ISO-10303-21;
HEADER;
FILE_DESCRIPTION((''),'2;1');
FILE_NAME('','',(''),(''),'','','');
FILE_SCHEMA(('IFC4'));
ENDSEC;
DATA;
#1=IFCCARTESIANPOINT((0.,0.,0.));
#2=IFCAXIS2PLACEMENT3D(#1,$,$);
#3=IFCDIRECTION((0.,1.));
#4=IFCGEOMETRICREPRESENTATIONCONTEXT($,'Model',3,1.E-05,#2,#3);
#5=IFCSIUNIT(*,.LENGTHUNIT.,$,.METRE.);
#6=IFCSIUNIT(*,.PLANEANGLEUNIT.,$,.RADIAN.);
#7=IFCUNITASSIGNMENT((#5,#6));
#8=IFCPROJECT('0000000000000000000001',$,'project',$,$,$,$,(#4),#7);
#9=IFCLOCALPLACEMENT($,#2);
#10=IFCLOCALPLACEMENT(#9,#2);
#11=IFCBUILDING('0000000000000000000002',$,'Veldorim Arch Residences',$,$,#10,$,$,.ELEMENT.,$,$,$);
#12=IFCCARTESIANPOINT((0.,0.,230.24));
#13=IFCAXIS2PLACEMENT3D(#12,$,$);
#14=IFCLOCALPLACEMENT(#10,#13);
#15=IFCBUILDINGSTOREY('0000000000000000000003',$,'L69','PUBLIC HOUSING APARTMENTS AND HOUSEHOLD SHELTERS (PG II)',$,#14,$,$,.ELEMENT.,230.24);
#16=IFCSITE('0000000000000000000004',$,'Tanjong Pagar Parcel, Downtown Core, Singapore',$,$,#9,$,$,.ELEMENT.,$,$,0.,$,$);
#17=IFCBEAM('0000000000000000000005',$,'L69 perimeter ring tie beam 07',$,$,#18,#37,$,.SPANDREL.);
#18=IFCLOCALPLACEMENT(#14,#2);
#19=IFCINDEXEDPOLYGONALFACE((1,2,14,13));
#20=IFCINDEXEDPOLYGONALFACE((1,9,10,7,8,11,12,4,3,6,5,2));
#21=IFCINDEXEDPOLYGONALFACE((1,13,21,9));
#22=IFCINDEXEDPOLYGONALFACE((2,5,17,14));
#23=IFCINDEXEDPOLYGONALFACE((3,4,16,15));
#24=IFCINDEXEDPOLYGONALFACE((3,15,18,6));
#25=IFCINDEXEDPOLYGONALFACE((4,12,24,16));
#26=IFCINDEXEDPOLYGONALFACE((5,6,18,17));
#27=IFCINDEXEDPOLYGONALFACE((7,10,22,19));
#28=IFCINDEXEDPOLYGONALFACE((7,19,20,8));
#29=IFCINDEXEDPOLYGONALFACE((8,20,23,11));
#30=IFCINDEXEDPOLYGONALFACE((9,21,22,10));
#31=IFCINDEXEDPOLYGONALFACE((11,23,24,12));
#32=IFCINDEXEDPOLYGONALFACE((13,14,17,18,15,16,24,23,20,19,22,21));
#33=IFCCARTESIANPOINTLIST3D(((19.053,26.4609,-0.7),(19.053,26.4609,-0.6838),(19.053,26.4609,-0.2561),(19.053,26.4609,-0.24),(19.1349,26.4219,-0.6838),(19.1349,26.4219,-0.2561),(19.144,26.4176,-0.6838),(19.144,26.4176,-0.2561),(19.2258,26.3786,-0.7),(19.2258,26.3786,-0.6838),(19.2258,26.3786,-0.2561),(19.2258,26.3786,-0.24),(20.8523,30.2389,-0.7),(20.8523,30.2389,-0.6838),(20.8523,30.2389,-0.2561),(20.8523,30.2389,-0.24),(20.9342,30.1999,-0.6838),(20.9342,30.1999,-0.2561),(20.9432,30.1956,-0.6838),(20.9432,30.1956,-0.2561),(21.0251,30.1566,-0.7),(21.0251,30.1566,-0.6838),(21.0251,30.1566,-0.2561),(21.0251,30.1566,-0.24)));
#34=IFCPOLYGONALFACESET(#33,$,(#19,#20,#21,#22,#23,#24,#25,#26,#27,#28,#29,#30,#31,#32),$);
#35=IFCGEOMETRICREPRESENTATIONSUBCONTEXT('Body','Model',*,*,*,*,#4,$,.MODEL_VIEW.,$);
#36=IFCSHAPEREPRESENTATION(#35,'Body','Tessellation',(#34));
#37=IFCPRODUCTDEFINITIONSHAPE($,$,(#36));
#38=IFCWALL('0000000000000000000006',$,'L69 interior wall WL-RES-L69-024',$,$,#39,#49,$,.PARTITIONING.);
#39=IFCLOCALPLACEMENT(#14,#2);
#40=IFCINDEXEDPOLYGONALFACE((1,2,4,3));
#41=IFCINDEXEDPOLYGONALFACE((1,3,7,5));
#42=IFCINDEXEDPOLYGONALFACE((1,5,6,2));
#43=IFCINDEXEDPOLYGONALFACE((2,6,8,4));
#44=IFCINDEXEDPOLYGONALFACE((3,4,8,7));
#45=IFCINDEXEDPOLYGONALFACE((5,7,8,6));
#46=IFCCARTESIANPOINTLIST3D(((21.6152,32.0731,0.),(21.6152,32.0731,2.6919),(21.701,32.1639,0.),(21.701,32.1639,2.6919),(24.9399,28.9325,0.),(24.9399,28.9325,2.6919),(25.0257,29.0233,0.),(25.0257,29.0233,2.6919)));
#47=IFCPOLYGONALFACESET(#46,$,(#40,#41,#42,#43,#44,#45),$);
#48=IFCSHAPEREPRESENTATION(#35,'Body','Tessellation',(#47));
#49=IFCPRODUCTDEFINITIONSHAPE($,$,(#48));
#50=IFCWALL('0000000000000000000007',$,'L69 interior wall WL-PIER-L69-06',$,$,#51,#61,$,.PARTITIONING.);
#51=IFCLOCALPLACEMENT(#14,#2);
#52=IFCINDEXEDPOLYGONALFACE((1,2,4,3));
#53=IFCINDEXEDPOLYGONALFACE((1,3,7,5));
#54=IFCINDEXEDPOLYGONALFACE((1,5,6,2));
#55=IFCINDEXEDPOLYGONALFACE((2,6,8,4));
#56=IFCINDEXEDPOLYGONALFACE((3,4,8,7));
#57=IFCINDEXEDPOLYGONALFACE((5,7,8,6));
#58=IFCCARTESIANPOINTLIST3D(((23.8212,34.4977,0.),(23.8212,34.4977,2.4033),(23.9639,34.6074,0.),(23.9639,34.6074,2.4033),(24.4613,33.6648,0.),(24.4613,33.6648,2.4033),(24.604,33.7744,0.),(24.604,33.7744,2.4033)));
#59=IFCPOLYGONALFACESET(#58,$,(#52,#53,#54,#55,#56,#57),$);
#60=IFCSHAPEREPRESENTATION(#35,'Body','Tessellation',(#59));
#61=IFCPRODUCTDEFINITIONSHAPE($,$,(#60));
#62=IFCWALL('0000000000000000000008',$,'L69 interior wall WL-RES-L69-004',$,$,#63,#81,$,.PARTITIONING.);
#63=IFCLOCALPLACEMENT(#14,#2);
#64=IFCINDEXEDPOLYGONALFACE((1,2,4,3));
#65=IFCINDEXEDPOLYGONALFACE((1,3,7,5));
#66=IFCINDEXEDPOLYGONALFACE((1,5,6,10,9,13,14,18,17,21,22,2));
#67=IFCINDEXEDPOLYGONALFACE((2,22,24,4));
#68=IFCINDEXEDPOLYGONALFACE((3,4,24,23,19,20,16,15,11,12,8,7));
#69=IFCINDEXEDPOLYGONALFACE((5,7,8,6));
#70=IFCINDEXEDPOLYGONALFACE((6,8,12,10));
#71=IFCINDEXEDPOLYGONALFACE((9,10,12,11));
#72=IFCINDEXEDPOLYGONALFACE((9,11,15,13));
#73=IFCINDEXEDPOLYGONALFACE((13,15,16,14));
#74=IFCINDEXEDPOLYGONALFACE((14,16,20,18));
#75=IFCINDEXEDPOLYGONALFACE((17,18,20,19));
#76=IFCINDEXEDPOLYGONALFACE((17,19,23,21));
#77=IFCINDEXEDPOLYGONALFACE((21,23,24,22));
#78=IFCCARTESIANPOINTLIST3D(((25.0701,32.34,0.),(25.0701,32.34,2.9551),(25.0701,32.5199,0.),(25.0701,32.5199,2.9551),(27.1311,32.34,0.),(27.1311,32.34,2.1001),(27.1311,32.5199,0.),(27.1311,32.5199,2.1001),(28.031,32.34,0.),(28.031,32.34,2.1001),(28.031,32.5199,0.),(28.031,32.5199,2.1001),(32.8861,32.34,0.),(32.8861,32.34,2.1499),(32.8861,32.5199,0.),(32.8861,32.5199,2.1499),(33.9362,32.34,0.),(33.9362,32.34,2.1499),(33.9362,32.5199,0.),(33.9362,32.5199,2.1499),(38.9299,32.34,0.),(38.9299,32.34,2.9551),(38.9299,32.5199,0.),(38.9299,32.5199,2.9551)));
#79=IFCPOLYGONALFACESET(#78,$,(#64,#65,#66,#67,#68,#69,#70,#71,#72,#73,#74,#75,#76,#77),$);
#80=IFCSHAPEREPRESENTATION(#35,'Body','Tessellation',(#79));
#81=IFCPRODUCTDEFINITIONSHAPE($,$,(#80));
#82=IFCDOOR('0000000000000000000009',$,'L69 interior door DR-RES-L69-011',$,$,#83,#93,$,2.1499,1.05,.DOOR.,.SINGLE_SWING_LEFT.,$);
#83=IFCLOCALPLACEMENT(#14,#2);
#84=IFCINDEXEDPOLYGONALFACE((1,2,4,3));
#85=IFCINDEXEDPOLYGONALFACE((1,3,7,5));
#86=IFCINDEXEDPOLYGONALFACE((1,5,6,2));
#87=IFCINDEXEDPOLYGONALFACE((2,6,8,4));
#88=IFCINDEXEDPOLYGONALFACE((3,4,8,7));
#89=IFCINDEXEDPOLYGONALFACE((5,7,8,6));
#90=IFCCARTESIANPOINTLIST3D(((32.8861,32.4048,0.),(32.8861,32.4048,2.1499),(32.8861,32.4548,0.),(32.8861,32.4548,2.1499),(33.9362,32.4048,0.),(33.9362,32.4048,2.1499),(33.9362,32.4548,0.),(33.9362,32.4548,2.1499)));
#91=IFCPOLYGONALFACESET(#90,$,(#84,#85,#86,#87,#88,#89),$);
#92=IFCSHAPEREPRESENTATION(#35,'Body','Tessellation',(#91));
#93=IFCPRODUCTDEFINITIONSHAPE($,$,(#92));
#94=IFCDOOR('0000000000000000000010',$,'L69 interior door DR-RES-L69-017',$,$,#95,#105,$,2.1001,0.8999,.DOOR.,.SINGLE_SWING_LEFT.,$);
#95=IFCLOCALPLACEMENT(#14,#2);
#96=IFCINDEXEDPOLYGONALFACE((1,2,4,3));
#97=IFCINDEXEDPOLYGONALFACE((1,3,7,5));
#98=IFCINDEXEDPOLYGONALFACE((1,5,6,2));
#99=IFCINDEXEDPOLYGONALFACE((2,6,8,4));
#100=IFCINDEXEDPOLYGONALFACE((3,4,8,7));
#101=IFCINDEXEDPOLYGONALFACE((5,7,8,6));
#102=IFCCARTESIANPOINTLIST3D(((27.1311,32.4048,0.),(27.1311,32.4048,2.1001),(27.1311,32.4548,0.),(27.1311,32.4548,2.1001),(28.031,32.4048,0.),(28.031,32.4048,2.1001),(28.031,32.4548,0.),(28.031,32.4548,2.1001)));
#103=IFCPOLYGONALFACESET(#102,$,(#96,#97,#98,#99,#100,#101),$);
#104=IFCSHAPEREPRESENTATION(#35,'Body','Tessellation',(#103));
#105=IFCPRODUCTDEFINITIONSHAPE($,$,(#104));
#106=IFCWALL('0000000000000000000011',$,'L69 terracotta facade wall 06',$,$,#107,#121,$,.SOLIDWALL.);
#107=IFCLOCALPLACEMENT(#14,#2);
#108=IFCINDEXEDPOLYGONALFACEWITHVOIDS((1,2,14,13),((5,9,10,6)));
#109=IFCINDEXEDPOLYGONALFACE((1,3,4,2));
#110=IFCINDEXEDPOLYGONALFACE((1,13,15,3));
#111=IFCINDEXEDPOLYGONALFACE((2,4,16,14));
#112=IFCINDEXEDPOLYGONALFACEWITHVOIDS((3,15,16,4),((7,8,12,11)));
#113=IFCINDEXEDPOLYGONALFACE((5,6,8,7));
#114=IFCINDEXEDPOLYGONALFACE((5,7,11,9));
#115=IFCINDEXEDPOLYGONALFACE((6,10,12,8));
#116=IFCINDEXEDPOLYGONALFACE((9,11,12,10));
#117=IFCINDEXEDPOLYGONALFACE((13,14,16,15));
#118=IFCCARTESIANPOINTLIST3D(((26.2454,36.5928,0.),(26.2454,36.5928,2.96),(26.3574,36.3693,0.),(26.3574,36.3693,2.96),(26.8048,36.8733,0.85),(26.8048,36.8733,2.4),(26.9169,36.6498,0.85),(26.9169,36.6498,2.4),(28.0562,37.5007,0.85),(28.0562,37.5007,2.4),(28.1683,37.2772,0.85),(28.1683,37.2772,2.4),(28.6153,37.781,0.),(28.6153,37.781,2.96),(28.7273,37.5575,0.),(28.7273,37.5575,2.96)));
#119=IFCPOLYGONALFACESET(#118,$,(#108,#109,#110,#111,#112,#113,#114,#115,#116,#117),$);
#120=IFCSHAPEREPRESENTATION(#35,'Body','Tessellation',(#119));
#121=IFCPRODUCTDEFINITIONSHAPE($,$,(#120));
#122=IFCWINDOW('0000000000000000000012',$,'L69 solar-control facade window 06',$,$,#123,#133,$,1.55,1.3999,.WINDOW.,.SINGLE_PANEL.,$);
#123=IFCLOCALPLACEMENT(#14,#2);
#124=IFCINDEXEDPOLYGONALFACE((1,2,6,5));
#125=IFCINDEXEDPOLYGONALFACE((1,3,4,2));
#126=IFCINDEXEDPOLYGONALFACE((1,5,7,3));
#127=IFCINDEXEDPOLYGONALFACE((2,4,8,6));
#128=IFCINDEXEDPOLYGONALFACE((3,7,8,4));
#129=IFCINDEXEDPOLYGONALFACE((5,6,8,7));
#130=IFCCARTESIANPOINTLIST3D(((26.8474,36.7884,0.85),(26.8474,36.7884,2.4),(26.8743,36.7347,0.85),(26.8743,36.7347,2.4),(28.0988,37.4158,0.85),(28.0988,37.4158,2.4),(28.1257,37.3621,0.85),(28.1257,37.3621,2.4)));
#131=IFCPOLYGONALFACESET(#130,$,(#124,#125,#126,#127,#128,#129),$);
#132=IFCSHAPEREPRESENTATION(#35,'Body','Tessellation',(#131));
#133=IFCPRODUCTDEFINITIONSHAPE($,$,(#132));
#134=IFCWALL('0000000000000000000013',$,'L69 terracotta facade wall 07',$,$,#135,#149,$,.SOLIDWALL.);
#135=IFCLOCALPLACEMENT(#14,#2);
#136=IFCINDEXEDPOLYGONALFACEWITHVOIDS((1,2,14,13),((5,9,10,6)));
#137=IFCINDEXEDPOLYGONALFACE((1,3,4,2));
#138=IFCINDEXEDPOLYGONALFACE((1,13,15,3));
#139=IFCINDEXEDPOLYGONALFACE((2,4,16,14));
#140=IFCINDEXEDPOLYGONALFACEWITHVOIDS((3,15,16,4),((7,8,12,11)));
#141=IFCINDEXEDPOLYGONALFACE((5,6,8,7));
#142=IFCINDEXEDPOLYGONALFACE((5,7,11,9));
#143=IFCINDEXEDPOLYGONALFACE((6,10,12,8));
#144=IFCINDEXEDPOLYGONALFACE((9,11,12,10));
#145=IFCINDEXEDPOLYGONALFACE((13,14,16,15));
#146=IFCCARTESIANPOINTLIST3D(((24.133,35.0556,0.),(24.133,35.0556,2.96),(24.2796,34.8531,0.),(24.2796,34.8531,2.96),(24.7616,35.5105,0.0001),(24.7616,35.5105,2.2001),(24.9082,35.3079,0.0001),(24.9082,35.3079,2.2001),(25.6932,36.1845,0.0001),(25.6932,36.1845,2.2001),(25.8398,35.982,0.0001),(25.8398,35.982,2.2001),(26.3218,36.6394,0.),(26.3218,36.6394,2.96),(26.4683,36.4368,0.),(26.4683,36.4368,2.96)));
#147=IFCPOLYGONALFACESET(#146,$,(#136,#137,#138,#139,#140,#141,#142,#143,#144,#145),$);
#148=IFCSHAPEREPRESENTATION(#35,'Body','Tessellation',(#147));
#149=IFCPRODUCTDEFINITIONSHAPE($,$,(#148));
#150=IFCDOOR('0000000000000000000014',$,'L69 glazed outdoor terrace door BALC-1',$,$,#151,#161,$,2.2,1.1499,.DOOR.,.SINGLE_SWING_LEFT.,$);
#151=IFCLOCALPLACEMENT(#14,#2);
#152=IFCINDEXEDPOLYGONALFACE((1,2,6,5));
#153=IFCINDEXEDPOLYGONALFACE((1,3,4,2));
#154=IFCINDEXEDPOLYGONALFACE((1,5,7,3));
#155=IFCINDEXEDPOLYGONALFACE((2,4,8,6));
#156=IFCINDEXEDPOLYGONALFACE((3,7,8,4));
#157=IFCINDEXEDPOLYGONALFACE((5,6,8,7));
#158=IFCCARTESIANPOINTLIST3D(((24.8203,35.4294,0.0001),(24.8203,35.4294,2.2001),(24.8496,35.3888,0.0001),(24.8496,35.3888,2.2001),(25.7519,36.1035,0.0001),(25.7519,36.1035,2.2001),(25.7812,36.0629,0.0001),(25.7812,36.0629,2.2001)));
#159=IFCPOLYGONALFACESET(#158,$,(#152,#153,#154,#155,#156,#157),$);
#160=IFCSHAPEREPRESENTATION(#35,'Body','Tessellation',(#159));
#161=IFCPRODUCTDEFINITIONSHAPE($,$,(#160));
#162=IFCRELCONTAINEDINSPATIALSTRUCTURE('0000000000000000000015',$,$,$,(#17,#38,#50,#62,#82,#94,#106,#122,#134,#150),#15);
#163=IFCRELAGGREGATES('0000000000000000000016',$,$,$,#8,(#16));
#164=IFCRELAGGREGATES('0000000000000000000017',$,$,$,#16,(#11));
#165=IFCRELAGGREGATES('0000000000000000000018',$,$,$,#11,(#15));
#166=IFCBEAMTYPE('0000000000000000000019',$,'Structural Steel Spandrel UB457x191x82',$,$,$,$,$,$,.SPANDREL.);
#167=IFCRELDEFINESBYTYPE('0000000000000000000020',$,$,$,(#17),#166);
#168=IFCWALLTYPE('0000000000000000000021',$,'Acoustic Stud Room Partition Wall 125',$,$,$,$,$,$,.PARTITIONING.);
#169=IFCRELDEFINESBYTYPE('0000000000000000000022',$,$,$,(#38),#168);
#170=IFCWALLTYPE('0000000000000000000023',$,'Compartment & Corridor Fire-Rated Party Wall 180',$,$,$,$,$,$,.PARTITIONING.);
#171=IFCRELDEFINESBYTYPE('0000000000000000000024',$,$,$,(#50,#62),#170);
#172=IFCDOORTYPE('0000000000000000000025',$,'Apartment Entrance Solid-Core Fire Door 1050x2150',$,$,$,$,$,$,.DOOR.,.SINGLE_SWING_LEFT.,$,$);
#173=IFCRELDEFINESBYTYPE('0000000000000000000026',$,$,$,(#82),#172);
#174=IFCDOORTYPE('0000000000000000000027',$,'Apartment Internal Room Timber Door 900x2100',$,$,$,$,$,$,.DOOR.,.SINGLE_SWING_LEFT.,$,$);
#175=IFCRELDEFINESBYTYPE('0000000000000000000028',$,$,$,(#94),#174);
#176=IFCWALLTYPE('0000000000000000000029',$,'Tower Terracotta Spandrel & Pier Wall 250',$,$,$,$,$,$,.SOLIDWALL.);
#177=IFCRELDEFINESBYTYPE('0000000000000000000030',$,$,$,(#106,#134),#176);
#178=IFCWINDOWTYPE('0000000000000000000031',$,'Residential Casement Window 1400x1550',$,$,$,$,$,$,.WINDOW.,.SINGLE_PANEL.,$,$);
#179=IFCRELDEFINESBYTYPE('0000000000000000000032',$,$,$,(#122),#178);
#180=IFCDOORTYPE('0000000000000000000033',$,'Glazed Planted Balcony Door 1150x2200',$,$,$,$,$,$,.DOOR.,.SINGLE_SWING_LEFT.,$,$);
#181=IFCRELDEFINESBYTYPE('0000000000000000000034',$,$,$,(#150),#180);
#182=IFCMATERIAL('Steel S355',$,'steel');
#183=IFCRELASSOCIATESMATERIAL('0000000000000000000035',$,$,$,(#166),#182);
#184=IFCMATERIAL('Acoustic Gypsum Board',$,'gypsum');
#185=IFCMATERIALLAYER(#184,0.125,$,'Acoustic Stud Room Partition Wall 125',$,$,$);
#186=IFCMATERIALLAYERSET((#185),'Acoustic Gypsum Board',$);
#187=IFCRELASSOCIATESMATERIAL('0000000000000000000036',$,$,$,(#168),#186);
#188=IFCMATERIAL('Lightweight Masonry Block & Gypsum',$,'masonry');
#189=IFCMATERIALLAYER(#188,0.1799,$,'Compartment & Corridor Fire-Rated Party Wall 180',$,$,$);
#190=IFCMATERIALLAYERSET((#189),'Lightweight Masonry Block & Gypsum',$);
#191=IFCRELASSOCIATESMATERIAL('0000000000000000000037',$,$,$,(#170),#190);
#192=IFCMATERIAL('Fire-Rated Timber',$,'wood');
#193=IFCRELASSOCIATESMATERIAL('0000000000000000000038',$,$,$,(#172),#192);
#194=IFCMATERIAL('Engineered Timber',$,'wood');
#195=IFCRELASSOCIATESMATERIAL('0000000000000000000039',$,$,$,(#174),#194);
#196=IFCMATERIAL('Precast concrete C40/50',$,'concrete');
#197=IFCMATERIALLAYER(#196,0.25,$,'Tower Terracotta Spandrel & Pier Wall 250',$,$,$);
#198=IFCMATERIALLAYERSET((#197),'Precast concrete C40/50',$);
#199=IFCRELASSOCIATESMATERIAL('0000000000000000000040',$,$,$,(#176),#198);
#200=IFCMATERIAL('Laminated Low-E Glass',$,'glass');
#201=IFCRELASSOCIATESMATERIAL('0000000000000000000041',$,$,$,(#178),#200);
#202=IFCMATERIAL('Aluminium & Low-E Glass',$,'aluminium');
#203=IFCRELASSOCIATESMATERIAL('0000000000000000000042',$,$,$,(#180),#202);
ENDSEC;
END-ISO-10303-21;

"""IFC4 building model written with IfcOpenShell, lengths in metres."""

from ifc_helpers import new_model, si_unit, direction, frame, frame_2d, origin, origin_2d, place, context, subcontext, project, spatial, rectangle, i_section, extrude, material, layer, layer_set, material_profile, profile_set, type_object, element, fill, save


model = new_model("IFC4")

# Units and contexts
model_context = context("Model", 3, precision=1e-05, world=origin(), true_north=direction((0.0, 1.0)))
body_context = subcontext(model_context, "Body", "Model", "MODEL_VIEW")
ifc_project = project(units=[si_unit("LENGTHUNIT", "METRE"), si_unit("PLANEANGLEUNIT", "RADIAN")], contexts=[model_context])

# Site, building, storey
site_placement = place(None, origin())
site = spatial("IfcSite", under=ifc_project, at=site_placement, Name="Tanjong Pagar Parcel, Downtown Core, Singapore", CompositionType="ELEMENT", RefElevation=0.0)
building_placement = place(site_placement, origin())
building = spatial("IfcBuilding", under=site, at=building_placement, Name="Veldorim Arch Residences", CompositionType="ELEMENT")
storey_placement = place(building_placement, frame((0.0, 0.0, 230.24)))
storey = spatial("IfcBuildingStorey", under=building, at=storey_placement, Name="L69", Description="PUBLIC HOUSING APARTMENTS AND HOUSEHOLD SHELTERS (PG II)", CompositionType="ELEMENT", Elevation=230.24)

# Beam
ifc_material_1 = material(Name="Steel S355", Category="steel")
ifc_material_profile_1 = material_profile(ifc_material_1, i_section(OverallWidth=0.1914, OverallDepth=0.46, WebThickness=0.01, FlangeThickness=0.0161, at=origin_2d()), Name="UB457x191x82")
ifc_profile_set_1 = profile_set([ifc_material_profile_1], Name="Steel S355")
beam_type_1 = type_object("IfcBeamType", Name="Structural Steel Spandrel UB457x191x82", PredefinedType="SPANDREL", material=ifc_profile_set_1)
beam_1_placement = place(storey_placement, frame((20.9387, 30.1978, -0.47), z_axis=(-0.429979, -0.902839, 0.0), x_axis=(0.902839, -0.429979, 0.0)))
element("IfcBeam", 1, at=beam_1_placement, inside=storey, type_object=beam_type_1, Name="L69 perimeter ring tie beam 07", PredefinedType="SPANDREL", context=body_context, shape_type="SweptSolid", body=[
    extrude(i_section(OverallWidth=0.1914, OverallDepth=0.46, WebThickness=0.01, FlangeThickness=0.0161, at=origin_2d()), origin(), (0.0, 0.0, 1.0), 4.1846),
])

# Walls
ifc_material_2 = material(Name="Acoustic Gypsum Board", Category="gypsum")
ifc_layer_1 = layer(ifc_material_2, 0.125, Name="Acoustic Stud Room Partition Wall 125")
ifc_layer_set_1 = layer_set([ifc_layer_1], Name="Acoustic Gypsum Board")
wall_type_1 = type_object("IfcWallType", Name="Acoustic Stud Room Partition Wall 125", PredefinedType="PARTITIONING", material=ifc_layer_set_1)
wall_1_placement = place(storey_placement, frame((21.6582, 32.1184, 0.0), z_axis=(0.0, 0.0, 1.0), x_axis=(0.726945, -0.686696, 0.0)))
element("IfcWall", 2, at=wall_1_placement, inside=storey, type_object=wall_type_1, Name="L69 interior wall WL-RES-L69-024", PredefinedType="PARTITIONING", context=body_context, shape_type="SweptSolid", body=[
    extrude(rectangle(XDim=4.5735, YDim=0.125, at=frame_2d((2.2866, 0.0))), origin(), (0.0, 0.0, 1.0), 2.6919),
])
ifc_material_3 = material(Name="Lightweight Masonry Block & Gypsum", Category="masonry")
ifc_layer_2 = layer(ifc_material_3, 0.1799, Name="Compartment & Corridor Fire-Rated Party Wall 180")
ifc_layer_set_2 = layer_set([ifc_layer_2], Name="Lightweight Masonry Block & Gypsum")
wall_type_2 = type_object("IfcWallType", Name="Compartment & Corridor Fire-Rated Party Wall 180", PredefinedType="PARTITIONING", material=ifc_layer_set_2)
wall_2_placement = place(storey_placement, frame((24.5327, 33.7195, 0.0), z_axis=(0.0, 0.0, 1.0), x_axis=(-0.609329, 0.792918, 0.0)))
element("IfcWall", 3, at=wall_2_placement, inside=storey, type_object=wall_type_2, Name="L69 interior wall WL-PIER-L69-06", PredefinedType="PARTITIONING", context=body_context, shape_type="SweptSolid", body=[
    extrude(rectangle(XDim=1.0505, YDim=0.1799, at=frame_2d((0.5254, 0.0))), origin(), (0.0, 0.0, 1.0), 2.4033),
])

# Wall, openings, doors
wall_3_placement = place(storey_placement, frame((25.0701, 32.4299, 0.0), z_axis=(0.0, 0.0, 1.0), x_axis=(1.0, 0.0, 0.0)))
wall_3 = element("IfcWall", 4, at=wall_3_placement, inside=storey, type_object=wall_type_2, Name="L69 interior wall WL-RES-L69-004", PredefinedType="PARTITIONING", context=body_context, shape_type="SweptSolid", body=[
    extrude(rectangle(XDim=13.8599, YDim=0.1799, at=frame_2d((6.9299, 0.0))), origin(), (0.0, 0.0, 1.0), 2.9551),
])
opening_1_placement = place(wall_3_placement, frame((7.8162, 0.0, 0.0)))
opening_1 = element("IfcOpeningElement", 5, at=opening_1_placement, cuts=wall_3, PredefinedType="OPENING", context=body_context, shape_type="SweptSolid", body=[
    extrude(rectangle(XDim=1.05, YDim=2.1499, at=frame_2d((0.5249, 1.075))), frame((0.0, 0.0999, 0.0), z_axis=(0.0, -1.0, 0.0), x_axis=(1.0, 0.0, 0.0)), (0.0, 0.0, 1.0), 0.2),
])
opening_2_placement = place(wall_3_placement, frame((2.061, 0.0, 0.0)))
opening_2 = element("IfcOpeningElement", 6, at=opening_2_placement, cuts=wall_3, PredefinedType="OPENING", context=body_context, shape_type="SweptSolid", body=[
    extrude(rectangle(XDim=0.8999, YDim=2.1001, at=frame_2d((0.45, 1.05))), frame((0.0, 0.0999, 0.0), z_axis=(0.0, -1.0, 0.0), x_axis=(1.0, 0.0, 0.0)), (0.0, 0.0, 1.0), 0.2),
])
ifc_material_4 = material(Name="Fire-Rated Timber", Category="wood")
door_type_1 = type_object("IfcDoorType", Name="Apartment Entrance Solid-Core Fire Door 1050x2150", OperationType="SINGLE_SWING_LEFT", PredefinedType="DOOR", material=ifc_material_4)
door_1_placement = place(opening_1_placement, origin())
door_1 = element("IfcDoor", 7, at=door_1_placement, inside=storey, type_object=door_type_1, Name="L69 interior door DR-RES-L69-011", OperationType="SINGLE_SWING_LEFT", OverallHeight=2.1499, OverallWidth=1.05, PredefinedType="DOOR", context=body_context, shape_type="SweptSolid", body=[
    extrude(rectangle(XDim=1.05, YDim=2.1499, at=frame_2d((0.5249, 1.075))), frame((0.0, 0.0249, 0.0), z_axis=(0.0, -1.0, 0.0), x_axis=(1.0, 0.0, 0.0)), (0.0, 0.0, 1.0), 0.05),
])
fill(opening_1, door_1)
ifc_material_5 = material(Name="Engineered Timber", Category="wood")
door_type_2 = type_object("IfcDoorType", Name="Apartment Internal Room Timber Door 900x2100", OperationType="SINGLE_SWING_LEFT", PredefinedType="DOOR", material=ifc_material_5)
door_2_placement = place(opening_2_placement, origin())
door_2 = element("IfcDoor", 8, at=door_2_placement, inside=storey, type_object=door_type_2, Name="L69 interior door DR-RES-L69-017", OperationType="SINGLE_SWING_LEFT", OverallHeight=2.1001, OverallWidth=0.8999, PredefinedType="DOOR", context=body_context, shape_type="SweptSolid", body=[
    extrude(rectangle(XDim=0.8999, YDim=2.1001, at=frame_2d((0.45, 1.05))), frame((0.0, 0.0249, 0.0), z_axis=(0.0, -1.0, 0.0), x_axis=(1.0, 0.0, 0.0)), (0.0, 0.0, 1.0), 0.05),
])
fill(opening_2, door_2)

# Wall, opening, window
ifc_material_6 = material(Name="Precast concrete C40/50", Category="concrete")
ifc_layer_3 = layer(ifc_material_6, 0.25, Name="Tower Terracotta Spandrel & Pier Wall 250")
ifc_layer_set_3 = layer_set([ifc_layer_3], Name="Precast concrete C40/50")
wall_type_3 = type_object("IfcWallType", Name="Tower Terracotta Spandrel & Pier Wall 250", PredefinedType="SOLIDWALL", material=ifc_layer_set_3)
wall_4_placement = place(storey_placement, frame((26.3013, 36.481, 0.0), z_axis=(0.0, 0.0, 1.0), x_axis=(0.893929, 0.448208, 0.0)))
wall_4 = element("IfcWall", 9, at=wall_4_placement, inside=storey, type_object=wall_type_3, Name="L69 terracotta facade wall 06", PredefinedType="SOLIDWALL", context=body_context, shape_type="SweptSolid", body=[
    extrude(rectangle(XDim=2.6511, YDim=0.25, at=frame_2d((1.3257, 0.0))), origin(), (0.0, 0.0, 1.0), 2.96),
])
opening_3_placement = place(wall_4_placement, frame((0.626, 0.0, 0.8501)))
opening_3 = element("IfcOpeningElement", 10, at=opening_3_placement, cuts=wall_4, PredefinedType="OPENING", context=body_context, shape_type="SweptSolid", body=[
    extrude(rectangle(XDim=1.3999, YDim=1.55, at=frame_2d((0.7, 0.7749))), frame((0.0, 0.135, 0.0), z_axis=(0.0, -1.0, 0.0), x_axis=(1.0, 0.0, 0.0)), (0.0, 0.0, 1.0), 0.27),
])
ifc_material_7 = material(Name="Laminated Low-E Glass", Category="glass")
window_type_1 = type_object("IfcWindowType", Name="Residential Casement Window 1400x1550", PartitioningType="SINGLE_PANEL", PredefinedType="WINDOW", material=ifc_material_7)
window_1_placement = place(opening_3_placement, origin())
window_1 = element("IfcWindow", 11, at=window_1_placement, inside=storey, type_object=window_type_1, Name="L69 solar-control facade window 06", OverallHeight=1.55, OverallWidth=1.3999, PartitioningType="SINGLE_PANEL", PredefinedType="WINDOW", context=body_context, shape_type="SweptSolid", body=[
    extrude(rectangle(XDim=1.3999, YDim=1.55, at=frame_2d((0.7, 0.7749))), frame((0.0, 0.03, 0.0), z_axis=(0.0, -1.0, 0.0), x_axis=(1.0, 0.0, 0.0)), (0.0, 0.0, 1.0), 0.0601),
])
fill(opening_3, window_1)

# Wall, opening, door
wall_5_placement = place(storey_placement, frame((24.2063, 34.9543, 0.0), z_axis=(0.0, 0.0, 1.0), x_axis=(0.810152, 0.586219, 0.0)))
wall_5 = element("IfcWall", 12, at=wall_5_placement, inside=storey, type_object=wall_type_3, Name="L69 terracotta facade wall 07", PredefinedType="SOLIDWALL", context=body_context, shape_type="SweptSolid", body=[
    extrude(rectangle(XDim=2.7017, YDim=0.25, at=frame_2d((1.3508, 0.0))), origin(), (0.0, 0.0, 1.0), 2.96),
])
opening_4_placement = place(wall_5_placement, frame((0.7759, 0.0, 0.0)))
opening_4 = element("IfcOpeningElement", 13, at=opening_4_placement, cuts=wall_5, PredefinedType="OPENING", context=body_context, shape_type="SweptSolid", body=[
    extrude(rectangle(XDim=1.1499, YDim=2.2, at=frame_2d((0.575, 1.1001))), frame((0.0, 0.135, 0.0), z_axis=(0.0, -1.0, 0.0), x_axis=(1.0, 0.0, 0.0)), (0.0, 0.0, 1.0), 0.27),
])
ifc_material_8 = material(Name="Aluminium & Low-E Glass", Category="aluminium")
door_type_3 = type_object("IfcDoorType", Name="Glazed Planted Balcony Door 1150x2200", OperationType="SINGLE_SWING_LEFT", PredefinedType="DOOR", material=ifc_material_8)
door_3_placement = place(opening_4_placement, origin())
door_3 = element("IfcDoor", 14, at=door_3_placement, inside=storey, type_object=door_type_3, Name="L69 glazed outdoor terrace door BALC-1", OperationType="SINGLE_SWING_LEFT", OverallHeight=2.2, OverallWidth=1.1499, PredefinedType="DOOR", context=body_context, shape_type="SweptSolid", body=[
    extrude(rectangle(XDim=1.1499, YDim=2.2, at=frame_2d((0.575, 1.1001))), frame((0.0, 0.0249, 0.0), z_axis=(0.0, -1.0, 0.0), x_axis=(1.0, 0.0, 0.0)), (0.0, 0.0, 1.0), 0.05),
])
fill(opening_4, door_3)

save(model, "model.ifc")
